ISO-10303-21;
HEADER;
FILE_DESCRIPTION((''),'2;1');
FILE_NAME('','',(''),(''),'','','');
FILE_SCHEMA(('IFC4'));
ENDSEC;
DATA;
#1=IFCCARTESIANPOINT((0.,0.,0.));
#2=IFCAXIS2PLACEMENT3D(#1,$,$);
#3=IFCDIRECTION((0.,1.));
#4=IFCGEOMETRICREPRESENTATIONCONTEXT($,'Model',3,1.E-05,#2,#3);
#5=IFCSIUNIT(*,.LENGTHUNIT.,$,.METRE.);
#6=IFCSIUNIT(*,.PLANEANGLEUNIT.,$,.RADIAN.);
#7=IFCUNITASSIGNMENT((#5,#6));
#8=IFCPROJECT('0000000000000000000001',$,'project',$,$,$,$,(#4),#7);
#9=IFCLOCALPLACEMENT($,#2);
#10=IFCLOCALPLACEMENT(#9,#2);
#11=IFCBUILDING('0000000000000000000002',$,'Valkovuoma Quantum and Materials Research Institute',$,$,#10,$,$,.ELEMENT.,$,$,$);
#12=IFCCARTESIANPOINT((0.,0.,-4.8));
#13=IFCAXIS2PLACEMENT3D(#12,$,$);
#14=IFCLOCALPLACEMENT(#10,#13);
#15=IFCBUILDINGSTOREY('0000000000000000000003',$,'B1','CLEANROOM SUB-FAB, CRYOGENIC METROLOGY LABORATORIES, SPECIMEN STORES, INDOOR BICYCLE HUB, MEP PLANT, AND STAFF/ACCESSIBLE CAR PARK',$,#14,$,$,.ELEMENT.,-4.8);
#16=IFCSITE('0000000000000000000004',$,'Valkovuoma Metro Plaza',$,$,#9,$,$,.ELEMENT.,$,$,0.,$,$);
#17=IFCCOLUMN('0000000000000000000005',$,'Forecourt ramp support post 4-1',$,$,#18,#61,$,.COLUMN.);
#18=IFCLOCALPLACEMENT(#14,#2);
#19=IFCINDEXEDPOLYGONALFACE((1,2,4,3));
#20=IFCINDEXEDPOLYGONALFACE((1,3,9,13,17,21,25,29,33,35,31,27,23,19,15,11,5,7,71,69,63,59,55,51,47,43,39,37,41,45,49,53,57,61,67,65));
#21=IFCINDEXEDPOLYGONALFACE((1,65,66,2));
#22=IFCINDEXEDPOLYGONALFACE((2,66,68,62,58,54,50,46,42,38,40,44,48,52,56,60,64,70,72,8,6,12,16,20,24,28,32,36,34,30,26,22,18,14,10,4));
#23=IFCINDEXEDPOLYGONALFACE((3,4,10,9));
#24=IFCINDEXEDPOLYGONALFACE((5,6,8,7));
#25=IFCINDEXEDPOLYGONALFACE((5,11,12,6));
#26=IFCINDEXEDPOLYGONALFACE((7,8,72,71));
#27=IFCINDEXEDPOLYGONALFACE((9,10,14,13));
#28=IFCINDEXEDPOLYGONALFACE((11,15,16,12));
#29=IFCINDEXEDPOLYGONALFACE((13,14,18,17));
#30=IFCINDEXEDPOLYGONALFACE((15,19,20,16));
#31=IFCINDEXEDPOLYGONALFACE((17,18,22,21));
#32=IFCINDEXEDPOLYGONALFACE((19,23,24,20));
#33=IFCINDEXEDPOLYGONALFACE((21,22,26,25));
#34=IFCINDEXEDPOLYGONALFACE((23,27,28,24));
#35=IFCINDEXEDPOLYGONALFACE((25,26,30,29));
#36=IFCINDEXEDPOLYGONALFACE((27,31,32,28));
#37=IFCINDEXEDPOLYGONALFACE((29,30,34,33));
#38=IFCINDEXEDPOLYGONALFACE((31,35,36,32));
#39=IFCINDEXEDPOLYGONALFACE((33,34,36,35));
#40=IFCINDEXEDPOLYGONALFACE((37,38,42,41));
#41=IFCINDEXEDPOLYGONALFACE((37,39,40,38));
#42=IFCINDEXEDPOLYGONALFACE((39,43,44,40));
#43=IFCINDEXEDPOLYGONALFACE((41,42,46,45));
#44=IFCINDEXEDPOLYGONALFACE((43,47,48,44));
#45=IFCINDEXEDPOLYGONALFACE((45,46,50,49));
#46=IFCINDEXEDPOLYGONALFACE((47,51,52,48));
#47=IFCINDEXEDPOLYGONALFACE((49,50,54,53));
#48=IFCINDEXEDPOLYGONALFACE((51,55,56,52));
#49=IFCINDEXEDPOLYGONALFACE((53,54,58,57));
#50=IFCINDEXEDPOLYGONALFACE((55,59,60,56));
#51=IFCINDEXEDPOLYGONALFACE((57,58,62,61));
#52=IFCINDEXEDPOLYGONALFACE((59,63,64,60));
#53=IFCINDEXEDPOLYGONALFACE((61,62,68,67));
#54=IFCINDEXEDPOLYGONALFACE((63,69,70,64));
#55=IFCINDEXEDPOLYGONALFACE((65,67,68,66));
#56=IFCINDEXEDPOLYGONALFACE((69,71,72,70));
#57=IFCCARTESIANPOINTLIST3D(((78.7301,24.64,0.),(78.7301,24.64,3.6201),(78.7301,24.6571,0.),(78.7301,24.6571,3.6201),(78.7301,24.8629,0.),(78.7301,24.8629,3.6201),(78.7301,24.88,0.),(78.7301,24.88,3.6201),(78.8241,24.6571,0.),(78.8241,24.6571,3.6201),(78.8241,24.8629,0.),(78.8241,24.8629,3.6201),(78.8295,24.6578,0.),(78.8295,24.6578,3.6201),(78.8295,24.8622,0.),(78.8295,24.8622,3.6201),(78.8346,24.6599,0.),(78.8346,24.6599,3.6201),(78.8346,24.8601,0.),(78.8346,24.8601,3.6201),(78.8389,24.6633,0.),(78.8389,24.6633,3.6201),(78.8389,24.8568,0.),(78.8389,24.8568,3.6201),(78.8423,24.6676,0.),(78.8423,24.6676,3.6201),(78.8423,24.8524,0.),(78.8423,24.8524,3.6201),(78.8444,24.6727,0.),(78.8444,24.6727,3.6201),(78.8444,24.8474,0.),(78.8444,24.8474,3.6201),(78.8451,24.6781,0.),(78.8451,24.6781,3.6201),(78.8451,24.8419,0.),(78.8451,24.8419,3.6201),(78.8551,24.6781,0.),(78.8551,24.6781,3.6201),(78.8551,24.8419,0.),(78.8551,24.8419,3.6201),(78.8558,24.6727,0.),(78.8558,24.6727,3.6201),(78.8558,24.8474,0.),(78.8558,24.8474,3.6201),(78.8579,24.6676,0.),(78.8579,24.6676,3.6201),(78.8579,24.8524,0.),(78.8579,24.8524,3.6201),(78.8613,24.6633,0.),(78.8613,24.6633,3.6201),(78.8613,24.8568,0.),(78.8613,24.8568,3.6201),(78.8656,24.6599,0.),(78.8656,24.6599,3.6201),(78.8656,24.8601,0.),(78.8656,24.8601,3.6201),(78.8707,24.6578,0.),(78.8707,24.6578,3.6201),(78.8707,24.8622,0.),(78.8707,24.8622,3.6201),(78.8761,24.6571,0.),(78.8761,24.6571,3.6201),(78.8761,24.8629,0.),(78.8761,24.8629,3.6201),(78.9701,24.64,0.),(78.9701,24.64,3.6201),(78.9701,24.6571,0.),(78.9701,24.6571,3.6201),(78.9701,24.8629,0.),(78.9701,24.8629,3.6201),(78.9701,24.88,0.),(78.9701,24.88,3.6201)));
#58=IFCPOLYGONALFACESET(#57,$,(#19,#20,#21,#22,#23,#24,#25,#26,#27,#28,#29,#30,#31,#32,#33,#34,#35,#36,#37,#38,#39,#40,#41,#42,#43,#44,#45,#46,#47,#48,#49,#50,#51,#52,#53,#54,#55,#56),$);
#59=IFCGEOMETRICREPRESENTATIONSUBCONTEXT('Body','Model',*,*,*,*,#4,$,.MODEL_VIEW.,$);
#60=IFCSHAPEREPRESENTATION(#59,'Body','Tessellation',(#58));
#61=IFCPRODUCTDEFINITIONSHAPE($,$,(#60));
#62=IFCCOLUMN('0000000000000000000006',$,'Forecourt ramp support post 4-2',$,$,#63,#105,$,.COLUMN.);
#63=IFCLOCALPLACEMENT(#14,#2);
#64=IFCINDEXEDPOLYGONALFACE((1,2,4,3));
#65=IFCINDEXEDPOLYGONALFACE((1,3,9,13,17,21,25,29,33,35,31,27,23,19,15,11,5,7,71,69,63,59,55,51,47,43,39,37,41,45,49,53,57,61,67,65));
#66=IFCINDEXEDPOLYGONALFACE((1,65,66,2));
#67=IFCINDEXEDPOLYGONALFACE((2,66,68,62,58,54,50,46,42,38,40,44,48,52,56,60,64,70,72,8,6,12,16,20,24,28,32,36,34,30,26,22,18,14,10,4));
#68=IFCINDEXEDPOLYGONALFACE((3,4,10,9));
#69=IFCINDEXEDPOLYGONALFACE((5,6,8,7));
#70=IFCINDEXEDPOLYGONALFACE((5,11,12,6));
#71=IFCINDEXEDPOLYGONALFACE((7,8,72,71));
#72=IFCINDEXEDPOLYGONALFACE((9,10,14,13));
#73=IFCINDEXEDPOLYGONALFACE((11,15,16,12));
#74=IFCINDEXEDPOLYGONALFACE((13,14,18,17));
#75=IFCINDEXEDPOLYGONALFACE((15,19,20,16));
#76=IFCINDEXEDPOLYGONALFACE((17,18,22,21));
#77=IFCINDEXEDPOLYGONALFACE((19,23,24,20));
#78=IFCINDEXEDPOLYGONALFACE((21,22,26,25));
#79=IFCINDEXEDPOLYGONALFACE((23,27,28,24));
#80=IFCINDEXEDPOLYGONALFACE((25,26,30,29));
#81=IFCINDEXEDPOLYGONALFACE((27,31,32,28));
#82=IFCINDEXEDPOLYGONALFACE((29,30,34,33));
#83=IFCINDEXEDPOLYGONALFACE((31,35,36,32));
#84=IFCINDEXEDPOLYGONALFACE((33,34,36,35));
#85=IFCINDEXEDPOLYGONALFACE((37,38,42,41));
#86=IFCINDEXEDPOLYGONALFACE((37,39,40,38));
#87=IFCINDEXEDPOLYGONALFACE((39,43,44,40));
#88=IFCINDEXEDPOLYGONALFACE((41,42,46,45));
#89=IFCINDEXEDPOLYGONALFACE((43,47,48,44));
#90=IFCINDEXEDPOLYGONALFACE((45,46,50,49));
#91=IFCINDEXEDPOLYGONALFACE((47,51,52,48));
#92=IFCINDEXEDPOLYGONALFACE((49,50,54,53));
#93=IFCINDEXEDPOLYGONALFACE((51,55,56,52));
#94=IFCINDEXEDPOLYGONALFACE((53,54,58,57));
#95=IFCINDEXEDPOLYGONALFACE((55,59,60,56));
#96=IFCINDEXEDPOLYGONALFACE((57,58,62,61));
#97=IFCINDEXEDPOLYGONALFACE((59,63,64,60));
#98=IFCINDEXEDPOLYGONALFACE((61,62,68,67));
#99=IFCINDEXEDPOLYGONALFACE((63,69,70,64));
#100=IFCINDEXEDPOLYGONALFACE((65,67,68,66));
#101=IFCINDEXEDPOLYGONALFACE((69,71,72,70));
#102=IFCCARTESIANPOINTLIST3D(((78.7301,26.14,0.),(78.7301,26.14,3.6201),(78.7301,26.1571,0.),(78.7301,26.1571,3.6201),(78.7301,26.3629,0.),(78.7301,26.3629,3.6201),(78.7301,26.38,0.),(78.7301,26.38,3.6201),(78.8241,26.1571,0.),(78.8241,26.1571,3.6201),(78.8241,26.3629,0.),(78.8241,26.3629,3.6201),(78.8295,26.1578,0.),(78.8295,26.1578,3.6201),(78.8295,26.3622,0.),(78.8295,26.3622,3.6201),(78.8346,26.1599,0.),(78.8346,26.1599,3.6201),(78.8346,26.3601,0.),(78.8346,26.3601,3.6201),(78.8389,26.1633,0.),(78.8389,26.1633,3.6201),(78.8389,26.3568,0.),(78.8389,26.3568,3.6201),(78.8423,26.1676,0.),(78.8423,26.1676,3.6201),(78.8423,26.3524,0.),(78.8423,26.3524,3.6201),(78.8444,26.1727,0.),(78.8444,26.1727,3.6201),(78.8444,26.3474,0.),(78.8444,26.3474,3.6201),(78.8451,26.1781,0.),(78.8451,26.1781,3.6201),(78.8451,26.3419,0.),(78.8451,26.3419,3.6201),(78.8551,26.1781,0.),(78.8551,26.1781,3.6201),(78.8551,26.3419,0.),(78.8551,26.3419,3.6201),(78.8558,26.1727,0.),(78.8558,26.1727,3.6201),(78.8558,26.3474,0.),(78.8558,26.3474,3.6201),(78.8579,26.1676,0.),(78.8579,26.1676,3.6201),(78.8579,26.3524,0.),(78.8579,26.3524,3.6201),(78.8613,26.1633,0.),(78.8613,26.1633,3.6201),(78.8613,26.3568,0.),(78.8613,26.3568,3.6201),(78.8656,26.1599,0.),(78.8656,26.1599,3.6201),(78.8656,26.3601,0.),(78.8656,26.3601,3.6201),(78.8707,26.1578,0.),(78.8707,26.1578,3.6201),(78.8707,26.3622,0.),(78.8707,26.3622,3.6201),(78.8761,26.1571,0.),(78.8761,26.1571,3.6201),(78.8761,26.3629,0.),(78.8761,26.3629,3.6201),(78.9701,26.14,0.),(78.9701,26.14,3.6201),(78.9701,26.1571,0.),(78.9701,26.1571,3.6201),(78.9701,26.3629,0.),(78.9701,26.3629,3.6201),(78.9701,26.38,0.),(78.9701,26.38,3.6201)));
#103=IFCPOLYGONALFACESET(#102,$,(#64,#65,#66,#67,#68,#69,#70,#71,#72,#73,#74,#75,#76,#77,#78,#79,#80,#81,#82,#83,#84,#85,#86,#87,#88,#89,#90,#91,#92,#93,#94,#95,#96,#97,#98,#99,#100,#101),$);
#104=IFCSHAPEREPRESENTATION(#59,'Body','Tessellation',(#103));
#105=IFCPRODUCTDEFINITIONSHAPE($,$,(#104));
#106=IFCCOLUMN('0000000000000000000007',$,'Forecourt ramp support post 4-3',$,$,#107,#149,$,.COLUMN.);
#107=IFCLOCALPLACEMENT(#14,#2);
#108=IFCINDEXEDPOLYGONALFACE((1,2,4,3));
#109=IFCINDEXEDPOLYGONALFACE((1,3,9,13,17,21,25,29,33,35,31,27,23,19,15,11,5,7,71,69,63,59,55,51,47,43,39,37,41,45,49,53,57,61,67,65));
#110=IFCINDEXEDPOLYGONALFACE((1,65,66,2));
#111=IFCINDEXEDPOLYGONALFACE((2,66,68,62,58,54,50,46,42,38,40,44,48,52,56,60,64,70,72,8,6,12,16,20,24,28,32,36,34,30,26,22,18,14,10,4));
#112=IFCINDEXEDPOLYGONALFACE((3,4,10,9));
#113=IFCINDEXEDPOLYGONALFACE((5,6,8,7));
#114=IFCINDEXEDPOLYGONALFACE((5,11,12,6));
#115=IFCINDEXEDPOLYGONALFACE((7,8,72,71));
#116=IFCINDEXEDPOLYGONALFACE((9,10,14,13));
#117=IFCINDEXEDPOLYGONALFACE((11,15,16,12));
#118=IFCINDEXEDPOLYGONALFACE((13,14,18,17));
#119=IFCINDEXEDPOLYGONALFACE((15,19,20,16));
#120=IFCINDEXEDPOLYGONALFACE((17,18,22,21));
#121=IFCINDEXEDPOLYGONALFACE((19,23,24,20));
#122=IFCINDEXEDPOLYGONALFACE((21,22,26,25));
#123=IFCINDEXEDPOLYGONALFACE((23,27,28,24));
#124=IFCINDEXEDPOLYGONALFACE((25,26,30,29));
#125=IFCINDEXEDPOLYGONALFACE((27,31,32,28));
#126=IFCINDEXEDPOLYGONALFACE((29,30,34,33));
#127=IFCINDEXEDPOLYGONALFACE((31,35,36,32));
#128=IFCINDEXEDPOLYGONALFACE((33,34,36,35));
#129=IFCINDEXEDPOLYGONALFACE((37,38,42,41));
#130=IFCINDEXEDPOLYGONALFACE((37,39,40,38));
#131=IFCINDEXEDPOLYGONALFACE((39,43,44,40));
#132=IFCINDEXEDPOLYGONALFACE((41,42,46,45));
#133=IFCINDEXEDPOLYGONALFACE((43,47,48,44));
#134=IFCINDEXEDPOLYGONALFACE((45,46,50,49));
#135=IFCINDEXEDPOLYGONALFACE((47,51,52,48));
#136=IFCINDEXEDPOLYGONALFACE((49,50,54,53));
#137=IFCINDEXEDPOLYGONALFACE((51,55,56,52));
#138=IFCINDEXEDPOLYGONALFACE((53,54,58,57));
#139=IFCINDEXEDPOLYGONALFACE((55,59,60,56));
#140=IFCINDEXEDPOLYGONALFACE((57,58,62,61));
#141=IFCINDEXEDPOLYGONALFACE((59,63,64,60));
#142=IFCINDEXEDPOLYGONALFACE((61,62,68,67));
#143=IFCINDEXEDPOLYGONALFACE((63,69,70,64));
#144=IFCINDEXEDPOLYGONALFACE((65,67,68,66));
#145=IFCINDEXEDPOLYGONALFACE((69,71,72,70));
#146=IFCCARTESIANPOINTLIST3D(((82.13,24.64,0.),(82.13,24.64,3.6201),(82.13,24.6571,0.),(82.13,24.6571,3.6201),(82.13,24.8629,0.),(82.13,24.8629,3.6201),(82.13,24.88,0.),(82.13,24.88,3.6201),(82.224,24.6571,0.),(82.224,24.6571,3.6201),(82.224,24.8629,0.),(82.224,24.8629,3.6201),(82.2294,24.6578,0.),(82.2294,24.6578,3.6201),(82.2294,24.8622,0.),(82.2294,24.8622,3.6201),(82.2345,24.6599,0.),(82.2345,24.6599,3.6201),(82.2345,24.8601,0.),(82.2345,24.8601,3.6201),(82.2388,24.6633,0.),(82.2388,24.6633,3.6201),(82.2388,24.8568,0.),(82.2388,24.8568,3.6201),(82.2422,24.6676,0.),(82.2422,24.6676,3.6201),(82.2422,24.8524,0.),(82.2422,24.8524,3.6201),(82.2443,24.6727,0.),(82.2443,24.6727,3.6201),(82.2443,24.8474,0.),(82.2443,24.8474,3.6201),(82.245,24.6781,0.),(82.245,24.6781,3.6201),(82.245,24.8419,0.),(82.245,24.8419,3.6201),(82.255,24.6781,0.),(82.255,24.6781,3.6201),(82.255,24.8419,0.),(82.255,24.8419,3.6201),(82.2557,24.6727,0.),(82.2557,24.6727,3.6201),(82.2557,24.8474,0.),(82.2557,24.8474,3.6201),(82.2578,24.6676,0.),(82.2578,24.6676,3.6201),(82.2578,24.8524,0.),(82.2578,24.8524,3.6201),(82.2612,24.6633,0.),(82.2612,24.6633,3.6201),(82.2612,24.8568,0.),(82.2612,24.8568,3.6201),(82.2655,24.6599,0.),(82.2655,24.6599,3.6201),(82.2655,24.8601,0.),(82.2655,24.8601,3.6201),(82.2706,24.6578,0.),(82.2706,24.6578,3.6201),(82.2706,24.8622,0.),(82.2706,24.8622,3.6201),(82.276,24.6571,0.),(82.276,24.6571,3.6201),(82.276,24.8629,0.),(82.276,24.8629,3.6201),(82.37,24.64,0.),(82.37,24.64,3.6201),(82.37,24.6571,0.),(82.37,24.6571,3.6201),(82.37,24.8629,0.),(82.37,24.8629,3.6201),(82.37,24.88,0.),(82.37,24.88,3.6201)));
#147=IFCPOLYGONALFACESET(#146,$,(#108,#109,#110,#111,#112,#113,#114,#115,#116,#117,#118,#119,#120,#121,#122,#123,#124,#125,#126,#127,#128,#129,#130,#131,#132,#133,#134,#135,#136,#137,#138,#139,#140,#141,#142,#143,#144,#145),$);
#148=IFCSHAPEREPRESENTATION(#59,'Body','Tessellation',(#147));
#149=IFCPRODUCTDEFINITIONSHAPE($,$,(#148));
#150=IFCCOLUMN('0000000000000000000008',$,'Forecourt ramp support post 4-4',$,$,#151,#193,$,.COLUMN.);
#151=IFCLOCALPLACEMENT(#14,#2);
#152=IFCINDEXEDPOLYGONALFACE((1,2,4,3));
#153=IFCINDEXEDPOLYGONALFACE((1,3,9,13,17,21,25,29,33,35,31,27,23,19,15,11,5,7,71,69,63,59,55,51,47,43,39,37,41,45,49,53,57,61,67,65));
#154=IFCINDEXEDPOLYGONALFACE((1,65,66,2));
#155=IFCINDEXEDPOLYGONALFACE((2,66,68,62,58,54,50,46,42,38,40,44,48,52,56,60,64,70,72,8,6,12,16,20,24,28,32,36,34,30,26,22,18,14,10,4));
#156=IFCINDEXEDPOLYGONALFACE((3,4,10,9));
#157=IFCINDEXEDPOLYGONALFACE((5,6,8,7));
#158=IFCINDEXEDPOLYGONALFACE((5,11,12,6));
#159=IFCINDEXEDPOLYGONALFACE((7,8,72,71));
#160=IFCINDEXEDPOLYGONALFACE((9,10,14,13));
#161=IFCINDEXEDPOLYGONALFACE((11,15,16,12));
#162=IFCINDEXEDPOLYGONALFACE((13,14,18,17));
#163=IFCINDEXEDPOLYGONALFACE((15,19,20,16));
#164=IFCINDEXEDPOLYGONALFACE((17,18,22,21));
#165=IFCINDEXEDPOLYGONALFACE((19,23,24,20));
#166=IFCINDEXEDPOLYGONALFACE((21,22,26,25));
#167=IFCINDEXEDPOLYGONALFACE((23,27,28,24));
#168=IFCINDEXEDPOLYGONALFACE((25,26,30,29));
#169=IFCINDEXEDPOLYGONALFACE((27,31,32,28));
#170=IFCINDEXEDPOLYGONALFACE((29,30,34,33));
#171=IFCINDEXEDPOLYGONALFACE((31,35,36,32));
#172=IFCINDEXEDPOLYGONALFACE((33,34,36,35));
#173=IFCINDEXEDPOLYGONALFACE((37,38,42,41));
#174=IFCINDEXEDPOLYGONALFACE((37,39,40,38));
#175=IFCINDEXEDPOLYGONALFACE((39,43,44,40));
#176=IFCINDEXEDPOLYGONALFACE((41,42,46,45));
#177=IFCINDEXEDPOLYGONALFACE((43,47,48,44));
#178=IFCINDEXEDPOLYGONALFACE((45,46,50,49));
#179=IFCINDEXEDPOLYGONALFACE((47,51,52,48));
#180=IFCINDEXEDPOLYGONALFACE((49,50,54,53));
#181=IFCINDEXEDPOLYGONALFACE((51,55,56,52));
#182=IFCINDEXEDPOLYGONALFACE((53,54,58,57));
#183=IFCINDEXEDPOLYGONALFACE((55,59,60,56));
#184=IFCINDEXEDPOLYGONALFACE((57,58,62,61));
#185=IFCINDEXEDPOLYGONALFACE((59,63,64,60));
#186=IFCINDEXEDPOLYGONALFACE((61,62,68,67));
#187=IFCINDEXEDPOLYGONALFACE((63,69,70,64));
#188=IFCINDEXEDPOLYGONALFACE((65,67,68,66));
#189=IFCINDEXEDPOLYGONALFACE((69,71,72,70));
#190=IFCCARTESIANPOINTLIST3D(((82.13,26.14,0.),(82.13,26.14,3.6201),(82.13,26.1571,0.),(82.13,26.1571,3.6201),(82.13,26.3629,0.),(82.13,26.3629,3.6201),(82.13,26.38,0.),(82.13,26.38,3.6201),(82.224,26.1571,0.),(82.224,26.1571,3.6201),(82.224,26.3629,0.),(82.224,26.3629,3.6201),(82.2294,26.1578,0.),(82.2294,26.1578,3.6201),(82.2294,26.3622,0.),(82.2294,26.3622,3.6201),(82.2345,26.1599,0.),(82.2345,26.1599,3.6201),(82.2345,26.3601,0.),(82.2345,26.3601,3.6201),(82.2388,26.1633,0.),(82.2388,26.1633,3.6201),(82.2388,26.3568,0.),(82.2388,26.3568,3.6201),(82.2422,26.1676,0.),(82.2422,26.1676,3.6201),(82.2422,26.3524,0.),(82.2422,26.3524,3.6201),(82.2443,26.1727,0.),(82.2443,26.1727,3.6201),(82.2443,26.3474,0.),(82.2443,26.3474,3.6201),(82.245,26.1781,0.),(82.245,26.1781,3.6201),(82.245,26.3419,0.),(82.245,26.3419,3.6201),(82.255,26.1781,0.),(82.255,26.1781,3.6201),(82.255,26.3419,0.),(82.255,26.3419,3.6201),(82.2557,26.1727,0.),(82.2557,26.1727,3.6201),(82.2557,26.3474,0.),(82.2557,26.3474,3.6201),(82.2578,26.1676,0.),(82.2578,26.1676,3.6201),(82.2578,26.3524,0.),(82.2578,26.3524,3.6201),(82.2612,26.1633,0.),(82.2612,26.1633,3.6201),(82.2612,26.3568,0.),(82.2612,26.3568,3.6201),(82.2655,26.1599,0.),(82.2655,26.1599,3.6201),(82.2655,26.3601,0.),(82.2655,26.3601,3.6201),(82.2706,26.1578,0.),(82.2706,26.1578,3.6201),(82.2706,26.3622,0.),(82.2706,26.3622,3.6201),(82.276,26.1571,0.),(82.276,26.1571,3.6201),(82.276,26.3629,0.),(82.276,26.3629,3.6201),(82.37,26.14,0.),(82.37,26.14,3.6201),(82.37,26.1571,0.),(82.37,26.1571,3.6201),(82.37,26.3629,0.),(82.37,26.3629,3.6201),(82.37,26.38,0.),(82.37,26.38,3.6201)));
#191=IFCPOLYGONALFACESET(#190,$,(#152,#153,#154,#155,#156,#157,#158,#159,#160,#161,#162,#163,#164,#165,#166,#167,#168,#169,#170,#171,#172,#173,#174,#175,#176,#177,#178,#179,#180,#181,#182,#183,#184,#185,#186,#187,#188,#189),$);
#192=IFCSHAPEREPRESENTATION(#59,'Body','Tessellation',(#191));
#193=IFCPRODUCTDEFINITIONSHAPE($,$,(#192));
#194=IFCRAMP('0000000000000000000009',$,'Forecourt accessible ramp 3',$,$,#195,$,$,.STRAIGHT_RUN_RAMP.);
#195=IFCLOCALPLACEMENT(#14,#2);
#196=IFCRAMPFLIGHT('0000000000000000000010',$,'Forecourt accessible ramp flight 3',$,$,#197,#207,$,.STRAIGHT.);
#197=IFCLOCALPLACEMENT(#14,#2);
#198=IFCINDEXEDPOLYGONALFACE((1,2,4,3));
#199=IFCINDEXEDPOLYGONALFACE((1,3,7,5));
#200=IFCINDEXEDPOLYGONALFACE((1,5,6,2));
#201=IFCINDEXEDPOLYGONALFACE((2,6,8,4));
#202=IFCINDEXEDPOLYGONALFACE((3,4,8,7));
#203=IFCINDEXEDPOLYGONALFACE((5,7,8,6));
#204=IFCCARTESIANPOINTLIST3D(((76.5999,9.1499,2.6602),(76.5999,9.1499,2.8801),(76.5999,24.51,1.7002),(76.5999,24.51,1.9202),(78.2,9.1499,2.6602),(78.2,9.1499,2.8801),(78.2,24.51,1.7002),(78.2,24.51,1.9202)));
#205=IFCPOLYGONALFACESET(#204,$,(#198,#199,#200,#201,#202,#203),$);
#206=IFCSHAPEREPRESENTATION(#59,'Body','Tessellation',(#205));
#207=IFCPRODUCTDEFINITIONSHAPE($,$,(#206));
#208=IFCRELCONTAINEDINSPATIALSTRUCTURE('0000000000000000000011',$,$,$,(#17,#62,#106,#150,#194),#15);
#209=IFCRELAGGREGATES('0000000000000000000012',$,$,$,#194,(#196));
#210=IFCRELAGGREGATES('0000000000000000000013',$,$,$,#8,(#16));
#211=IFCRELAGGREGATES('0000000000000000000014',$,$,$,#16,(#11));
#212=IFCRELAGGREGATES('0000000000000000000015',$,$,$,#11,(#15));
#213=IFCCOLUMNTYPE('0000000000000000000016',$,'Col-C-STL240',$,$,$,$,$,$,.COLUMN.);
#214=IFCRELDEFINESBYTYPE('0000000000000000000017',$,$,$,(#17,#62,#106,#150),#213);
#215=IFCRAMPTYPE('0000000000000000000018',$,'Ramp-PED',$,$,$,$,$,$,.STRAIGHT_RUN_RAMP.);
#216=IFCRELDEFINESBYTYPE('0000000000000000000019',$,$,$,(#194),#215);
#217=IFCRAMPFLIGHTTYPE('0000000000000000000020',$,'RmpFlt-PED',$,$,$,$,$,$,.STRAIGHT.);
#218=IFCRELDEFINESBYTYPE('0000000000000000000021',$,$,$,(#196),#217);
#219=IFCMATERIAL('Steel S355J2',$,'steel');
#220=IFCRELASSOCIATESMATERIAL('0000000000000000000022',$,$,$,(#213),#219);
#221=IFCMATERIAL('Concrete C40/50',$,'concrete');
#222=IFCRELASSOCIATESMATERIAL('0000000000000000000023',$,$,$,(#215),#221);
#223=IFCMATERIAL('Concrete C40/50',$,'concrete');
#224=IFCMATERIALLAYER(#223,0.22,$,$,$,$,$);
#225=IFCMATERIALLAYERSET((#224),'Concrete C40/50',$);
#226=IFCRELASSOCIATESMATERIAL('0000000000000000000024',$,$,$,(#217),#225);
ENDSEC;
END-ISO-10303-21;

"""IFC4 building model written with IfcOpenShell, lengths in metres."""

from ifc_helpers import new_model, si_unit, direction, frame, origin, origin_2d, place, context, subcontext, project, spatial, polyline, i_section, outline, extrude, material, layer, layer_set, material_profile, profile_set, type_object, element, aggregate, save


model = new_model("IFC4")

# Units and contexts
model_context = context("Model", 3, precision=1e-05, world=origin(), true_north=direction((0.0, 1.0)))
body_context = subcontext(model_context, "Body", "Model", "MODEL_VIEW")
ifc_project = project(units=[si_unit("LENGTHUNIT", "METRE"), si_unit("PLANEANGLEUNIT", "RADIAN")], contexts=[model_context])

# Site, building, storey
site_placement = place(None, origin())
site = spatial("IfcSite", under=ifc_project, at=site_placement, Name="Valkovuoma Metro Plaza", CompositionType="ELEMENT", RefElevation=0.0)
building_placement = place(site_placement, origin())
building = spatial("IfcBuilding", under=site, at=building_placement, Name="Valkovuoma Quantum and Materials Research Institute", CompositionType="ELEMENT")
storey_placement = place(building_placement, frame((0.0, 0.0, -4.8)))
storey = spatial("IfcBuildingStorey", under=building, at=storey_placement, Name="B1", Description="CLEANROOM SUB-FAB, CRYOGENIC METROLOGY LABORATORIES, SPECIMEN STORES, INDOOR BICYCLE HUB, MEP PLANT, AND STAFF/ACCESSIBLE CAR PARK", CompositionType="ELEMENT", Elevation=-4.8)

# Columns
ifc_material_1 = material(Name="Steel S355J2", Category="steel")
ifc_material_profile_1 = material_profile(ifc_material_1, i_section(OverallWidth=0.24, OverallDepth=0.24, WebThickness=0.01, FlangeThickness=0.0171, FilletRadius=0.021, at=origin_2d()), Name="Steel S355J2")
ifc_profile_set_1 = profile_set([ifc_material_profile_1], Name="Steel S355J2")
column_type_1 = type_object("IfcColumnType", Name="Col-C-STL240", PredefinedType="COLUMN", material=ifc_profile_set_1)
for number, where, z_axis, x_axis, name in (
    (1, (78.8501, 24.76, 0.0), (0.0, 0.0, 1.0), (1.0, 0.0, 0.0), "Forecourt ramp support post 4-1"),
    (2, (78.8501, 26.26, 0.0), (0.0, 0.0, 1.0), (1.0, 0.0, 0.0), "Forecourt ramp support post 4-2"),
    (3, (82.25, 24.76, 0.0), (0.0, 0.0, 1.0), (1.0, 0.0, 0.0), "Forecourt ramp support post 4-3"),
    (4, (82.25, 26.26, 0.0), (0.0, 0.0, 1.0), (1.0, 0.0, 0.0), "Forecourt ramp support post 4-4"),
):
    element("IfcColumn", number, at=place(storey_placement, frame(where, z_axis=z_axis, x_axis=x_axis)), inside=storey, type_object=column_type_1, Name=name, PredefinedType="COLUMN", context=body_context, shape_type="SweptSolid", body=[
        extrude(i_section(OverallWidth=0.24, OverallDepth=0.24, WebThickness=0.01, FlangeThickness=0.0171, FilletRadius=0.021, at=origin_2d()), origin(), (0.0, 0.0, 1.0), 3.6201),
    ])

# Ramp, ramp flight
ifc_material_2 = material(Name="Concrete C40/50", Category="concrete")
ramp_type = type_object("IfcRampType", Name="Ramp-PED", PredefinedType="STRAIGHT_RUN_RAMP", material=ifc_material_2)
ramp_1_placement = place(storey_placement, origin())
ramp_1 = element("IfcRamp", 5, at=ramp_1_placement, inside=storey, type_object=ramp_type, Name="Forecourt accessible ramp 3", PredefinedType="STRAIGHT_RUN_RAMP")
ifc_material_3 = material(Name="Concrete C40/50", Category="concrete")
ifc_layer = layer(ifc_material_3, 0.22)
ifc_layer_set = layer_set([ifc_layer], Name="Concrete C40/50")
ramp_flight_type = type_object("IfcRampFlightType", Name="RmpFlt-PED", PredefinedType="STRAIGHT", material=ifc_layer_set)
ramp_flight_1_placement = place(storey_placement, frame((77.3999, 24.51, 1.9202), z_axis=(0.0, 0.0, 1.0), x_axis=(0.0, -1.0, 0.0)))
ramp_flight_1 = element("IfcRampFlight", 6, at=ramp_flight_1_placement, type_object=ramp_flight_type, Name="Forecourt accessible ramp flight 3", PredefinedType="STRAIGHT", context=body_context, shape_type="SweptSolid", body=[
    extrude(outline(polyline([(0.0, 0.0), (15.3601, 0.96), (15.3601, 0.74), (0.0, -0.22), (0.0, 0.0)])), frame((0.0, 0.8, 0.0), z_axis=(0.0, -1.0, 0.0), x_axis=(1.0, 0.0, 0.0)), (0.0, 0.0, 1.0), 1.6001),
])
aggregate(ramp_1, [ramp_flight_1])

save(model, "model.ifc")
